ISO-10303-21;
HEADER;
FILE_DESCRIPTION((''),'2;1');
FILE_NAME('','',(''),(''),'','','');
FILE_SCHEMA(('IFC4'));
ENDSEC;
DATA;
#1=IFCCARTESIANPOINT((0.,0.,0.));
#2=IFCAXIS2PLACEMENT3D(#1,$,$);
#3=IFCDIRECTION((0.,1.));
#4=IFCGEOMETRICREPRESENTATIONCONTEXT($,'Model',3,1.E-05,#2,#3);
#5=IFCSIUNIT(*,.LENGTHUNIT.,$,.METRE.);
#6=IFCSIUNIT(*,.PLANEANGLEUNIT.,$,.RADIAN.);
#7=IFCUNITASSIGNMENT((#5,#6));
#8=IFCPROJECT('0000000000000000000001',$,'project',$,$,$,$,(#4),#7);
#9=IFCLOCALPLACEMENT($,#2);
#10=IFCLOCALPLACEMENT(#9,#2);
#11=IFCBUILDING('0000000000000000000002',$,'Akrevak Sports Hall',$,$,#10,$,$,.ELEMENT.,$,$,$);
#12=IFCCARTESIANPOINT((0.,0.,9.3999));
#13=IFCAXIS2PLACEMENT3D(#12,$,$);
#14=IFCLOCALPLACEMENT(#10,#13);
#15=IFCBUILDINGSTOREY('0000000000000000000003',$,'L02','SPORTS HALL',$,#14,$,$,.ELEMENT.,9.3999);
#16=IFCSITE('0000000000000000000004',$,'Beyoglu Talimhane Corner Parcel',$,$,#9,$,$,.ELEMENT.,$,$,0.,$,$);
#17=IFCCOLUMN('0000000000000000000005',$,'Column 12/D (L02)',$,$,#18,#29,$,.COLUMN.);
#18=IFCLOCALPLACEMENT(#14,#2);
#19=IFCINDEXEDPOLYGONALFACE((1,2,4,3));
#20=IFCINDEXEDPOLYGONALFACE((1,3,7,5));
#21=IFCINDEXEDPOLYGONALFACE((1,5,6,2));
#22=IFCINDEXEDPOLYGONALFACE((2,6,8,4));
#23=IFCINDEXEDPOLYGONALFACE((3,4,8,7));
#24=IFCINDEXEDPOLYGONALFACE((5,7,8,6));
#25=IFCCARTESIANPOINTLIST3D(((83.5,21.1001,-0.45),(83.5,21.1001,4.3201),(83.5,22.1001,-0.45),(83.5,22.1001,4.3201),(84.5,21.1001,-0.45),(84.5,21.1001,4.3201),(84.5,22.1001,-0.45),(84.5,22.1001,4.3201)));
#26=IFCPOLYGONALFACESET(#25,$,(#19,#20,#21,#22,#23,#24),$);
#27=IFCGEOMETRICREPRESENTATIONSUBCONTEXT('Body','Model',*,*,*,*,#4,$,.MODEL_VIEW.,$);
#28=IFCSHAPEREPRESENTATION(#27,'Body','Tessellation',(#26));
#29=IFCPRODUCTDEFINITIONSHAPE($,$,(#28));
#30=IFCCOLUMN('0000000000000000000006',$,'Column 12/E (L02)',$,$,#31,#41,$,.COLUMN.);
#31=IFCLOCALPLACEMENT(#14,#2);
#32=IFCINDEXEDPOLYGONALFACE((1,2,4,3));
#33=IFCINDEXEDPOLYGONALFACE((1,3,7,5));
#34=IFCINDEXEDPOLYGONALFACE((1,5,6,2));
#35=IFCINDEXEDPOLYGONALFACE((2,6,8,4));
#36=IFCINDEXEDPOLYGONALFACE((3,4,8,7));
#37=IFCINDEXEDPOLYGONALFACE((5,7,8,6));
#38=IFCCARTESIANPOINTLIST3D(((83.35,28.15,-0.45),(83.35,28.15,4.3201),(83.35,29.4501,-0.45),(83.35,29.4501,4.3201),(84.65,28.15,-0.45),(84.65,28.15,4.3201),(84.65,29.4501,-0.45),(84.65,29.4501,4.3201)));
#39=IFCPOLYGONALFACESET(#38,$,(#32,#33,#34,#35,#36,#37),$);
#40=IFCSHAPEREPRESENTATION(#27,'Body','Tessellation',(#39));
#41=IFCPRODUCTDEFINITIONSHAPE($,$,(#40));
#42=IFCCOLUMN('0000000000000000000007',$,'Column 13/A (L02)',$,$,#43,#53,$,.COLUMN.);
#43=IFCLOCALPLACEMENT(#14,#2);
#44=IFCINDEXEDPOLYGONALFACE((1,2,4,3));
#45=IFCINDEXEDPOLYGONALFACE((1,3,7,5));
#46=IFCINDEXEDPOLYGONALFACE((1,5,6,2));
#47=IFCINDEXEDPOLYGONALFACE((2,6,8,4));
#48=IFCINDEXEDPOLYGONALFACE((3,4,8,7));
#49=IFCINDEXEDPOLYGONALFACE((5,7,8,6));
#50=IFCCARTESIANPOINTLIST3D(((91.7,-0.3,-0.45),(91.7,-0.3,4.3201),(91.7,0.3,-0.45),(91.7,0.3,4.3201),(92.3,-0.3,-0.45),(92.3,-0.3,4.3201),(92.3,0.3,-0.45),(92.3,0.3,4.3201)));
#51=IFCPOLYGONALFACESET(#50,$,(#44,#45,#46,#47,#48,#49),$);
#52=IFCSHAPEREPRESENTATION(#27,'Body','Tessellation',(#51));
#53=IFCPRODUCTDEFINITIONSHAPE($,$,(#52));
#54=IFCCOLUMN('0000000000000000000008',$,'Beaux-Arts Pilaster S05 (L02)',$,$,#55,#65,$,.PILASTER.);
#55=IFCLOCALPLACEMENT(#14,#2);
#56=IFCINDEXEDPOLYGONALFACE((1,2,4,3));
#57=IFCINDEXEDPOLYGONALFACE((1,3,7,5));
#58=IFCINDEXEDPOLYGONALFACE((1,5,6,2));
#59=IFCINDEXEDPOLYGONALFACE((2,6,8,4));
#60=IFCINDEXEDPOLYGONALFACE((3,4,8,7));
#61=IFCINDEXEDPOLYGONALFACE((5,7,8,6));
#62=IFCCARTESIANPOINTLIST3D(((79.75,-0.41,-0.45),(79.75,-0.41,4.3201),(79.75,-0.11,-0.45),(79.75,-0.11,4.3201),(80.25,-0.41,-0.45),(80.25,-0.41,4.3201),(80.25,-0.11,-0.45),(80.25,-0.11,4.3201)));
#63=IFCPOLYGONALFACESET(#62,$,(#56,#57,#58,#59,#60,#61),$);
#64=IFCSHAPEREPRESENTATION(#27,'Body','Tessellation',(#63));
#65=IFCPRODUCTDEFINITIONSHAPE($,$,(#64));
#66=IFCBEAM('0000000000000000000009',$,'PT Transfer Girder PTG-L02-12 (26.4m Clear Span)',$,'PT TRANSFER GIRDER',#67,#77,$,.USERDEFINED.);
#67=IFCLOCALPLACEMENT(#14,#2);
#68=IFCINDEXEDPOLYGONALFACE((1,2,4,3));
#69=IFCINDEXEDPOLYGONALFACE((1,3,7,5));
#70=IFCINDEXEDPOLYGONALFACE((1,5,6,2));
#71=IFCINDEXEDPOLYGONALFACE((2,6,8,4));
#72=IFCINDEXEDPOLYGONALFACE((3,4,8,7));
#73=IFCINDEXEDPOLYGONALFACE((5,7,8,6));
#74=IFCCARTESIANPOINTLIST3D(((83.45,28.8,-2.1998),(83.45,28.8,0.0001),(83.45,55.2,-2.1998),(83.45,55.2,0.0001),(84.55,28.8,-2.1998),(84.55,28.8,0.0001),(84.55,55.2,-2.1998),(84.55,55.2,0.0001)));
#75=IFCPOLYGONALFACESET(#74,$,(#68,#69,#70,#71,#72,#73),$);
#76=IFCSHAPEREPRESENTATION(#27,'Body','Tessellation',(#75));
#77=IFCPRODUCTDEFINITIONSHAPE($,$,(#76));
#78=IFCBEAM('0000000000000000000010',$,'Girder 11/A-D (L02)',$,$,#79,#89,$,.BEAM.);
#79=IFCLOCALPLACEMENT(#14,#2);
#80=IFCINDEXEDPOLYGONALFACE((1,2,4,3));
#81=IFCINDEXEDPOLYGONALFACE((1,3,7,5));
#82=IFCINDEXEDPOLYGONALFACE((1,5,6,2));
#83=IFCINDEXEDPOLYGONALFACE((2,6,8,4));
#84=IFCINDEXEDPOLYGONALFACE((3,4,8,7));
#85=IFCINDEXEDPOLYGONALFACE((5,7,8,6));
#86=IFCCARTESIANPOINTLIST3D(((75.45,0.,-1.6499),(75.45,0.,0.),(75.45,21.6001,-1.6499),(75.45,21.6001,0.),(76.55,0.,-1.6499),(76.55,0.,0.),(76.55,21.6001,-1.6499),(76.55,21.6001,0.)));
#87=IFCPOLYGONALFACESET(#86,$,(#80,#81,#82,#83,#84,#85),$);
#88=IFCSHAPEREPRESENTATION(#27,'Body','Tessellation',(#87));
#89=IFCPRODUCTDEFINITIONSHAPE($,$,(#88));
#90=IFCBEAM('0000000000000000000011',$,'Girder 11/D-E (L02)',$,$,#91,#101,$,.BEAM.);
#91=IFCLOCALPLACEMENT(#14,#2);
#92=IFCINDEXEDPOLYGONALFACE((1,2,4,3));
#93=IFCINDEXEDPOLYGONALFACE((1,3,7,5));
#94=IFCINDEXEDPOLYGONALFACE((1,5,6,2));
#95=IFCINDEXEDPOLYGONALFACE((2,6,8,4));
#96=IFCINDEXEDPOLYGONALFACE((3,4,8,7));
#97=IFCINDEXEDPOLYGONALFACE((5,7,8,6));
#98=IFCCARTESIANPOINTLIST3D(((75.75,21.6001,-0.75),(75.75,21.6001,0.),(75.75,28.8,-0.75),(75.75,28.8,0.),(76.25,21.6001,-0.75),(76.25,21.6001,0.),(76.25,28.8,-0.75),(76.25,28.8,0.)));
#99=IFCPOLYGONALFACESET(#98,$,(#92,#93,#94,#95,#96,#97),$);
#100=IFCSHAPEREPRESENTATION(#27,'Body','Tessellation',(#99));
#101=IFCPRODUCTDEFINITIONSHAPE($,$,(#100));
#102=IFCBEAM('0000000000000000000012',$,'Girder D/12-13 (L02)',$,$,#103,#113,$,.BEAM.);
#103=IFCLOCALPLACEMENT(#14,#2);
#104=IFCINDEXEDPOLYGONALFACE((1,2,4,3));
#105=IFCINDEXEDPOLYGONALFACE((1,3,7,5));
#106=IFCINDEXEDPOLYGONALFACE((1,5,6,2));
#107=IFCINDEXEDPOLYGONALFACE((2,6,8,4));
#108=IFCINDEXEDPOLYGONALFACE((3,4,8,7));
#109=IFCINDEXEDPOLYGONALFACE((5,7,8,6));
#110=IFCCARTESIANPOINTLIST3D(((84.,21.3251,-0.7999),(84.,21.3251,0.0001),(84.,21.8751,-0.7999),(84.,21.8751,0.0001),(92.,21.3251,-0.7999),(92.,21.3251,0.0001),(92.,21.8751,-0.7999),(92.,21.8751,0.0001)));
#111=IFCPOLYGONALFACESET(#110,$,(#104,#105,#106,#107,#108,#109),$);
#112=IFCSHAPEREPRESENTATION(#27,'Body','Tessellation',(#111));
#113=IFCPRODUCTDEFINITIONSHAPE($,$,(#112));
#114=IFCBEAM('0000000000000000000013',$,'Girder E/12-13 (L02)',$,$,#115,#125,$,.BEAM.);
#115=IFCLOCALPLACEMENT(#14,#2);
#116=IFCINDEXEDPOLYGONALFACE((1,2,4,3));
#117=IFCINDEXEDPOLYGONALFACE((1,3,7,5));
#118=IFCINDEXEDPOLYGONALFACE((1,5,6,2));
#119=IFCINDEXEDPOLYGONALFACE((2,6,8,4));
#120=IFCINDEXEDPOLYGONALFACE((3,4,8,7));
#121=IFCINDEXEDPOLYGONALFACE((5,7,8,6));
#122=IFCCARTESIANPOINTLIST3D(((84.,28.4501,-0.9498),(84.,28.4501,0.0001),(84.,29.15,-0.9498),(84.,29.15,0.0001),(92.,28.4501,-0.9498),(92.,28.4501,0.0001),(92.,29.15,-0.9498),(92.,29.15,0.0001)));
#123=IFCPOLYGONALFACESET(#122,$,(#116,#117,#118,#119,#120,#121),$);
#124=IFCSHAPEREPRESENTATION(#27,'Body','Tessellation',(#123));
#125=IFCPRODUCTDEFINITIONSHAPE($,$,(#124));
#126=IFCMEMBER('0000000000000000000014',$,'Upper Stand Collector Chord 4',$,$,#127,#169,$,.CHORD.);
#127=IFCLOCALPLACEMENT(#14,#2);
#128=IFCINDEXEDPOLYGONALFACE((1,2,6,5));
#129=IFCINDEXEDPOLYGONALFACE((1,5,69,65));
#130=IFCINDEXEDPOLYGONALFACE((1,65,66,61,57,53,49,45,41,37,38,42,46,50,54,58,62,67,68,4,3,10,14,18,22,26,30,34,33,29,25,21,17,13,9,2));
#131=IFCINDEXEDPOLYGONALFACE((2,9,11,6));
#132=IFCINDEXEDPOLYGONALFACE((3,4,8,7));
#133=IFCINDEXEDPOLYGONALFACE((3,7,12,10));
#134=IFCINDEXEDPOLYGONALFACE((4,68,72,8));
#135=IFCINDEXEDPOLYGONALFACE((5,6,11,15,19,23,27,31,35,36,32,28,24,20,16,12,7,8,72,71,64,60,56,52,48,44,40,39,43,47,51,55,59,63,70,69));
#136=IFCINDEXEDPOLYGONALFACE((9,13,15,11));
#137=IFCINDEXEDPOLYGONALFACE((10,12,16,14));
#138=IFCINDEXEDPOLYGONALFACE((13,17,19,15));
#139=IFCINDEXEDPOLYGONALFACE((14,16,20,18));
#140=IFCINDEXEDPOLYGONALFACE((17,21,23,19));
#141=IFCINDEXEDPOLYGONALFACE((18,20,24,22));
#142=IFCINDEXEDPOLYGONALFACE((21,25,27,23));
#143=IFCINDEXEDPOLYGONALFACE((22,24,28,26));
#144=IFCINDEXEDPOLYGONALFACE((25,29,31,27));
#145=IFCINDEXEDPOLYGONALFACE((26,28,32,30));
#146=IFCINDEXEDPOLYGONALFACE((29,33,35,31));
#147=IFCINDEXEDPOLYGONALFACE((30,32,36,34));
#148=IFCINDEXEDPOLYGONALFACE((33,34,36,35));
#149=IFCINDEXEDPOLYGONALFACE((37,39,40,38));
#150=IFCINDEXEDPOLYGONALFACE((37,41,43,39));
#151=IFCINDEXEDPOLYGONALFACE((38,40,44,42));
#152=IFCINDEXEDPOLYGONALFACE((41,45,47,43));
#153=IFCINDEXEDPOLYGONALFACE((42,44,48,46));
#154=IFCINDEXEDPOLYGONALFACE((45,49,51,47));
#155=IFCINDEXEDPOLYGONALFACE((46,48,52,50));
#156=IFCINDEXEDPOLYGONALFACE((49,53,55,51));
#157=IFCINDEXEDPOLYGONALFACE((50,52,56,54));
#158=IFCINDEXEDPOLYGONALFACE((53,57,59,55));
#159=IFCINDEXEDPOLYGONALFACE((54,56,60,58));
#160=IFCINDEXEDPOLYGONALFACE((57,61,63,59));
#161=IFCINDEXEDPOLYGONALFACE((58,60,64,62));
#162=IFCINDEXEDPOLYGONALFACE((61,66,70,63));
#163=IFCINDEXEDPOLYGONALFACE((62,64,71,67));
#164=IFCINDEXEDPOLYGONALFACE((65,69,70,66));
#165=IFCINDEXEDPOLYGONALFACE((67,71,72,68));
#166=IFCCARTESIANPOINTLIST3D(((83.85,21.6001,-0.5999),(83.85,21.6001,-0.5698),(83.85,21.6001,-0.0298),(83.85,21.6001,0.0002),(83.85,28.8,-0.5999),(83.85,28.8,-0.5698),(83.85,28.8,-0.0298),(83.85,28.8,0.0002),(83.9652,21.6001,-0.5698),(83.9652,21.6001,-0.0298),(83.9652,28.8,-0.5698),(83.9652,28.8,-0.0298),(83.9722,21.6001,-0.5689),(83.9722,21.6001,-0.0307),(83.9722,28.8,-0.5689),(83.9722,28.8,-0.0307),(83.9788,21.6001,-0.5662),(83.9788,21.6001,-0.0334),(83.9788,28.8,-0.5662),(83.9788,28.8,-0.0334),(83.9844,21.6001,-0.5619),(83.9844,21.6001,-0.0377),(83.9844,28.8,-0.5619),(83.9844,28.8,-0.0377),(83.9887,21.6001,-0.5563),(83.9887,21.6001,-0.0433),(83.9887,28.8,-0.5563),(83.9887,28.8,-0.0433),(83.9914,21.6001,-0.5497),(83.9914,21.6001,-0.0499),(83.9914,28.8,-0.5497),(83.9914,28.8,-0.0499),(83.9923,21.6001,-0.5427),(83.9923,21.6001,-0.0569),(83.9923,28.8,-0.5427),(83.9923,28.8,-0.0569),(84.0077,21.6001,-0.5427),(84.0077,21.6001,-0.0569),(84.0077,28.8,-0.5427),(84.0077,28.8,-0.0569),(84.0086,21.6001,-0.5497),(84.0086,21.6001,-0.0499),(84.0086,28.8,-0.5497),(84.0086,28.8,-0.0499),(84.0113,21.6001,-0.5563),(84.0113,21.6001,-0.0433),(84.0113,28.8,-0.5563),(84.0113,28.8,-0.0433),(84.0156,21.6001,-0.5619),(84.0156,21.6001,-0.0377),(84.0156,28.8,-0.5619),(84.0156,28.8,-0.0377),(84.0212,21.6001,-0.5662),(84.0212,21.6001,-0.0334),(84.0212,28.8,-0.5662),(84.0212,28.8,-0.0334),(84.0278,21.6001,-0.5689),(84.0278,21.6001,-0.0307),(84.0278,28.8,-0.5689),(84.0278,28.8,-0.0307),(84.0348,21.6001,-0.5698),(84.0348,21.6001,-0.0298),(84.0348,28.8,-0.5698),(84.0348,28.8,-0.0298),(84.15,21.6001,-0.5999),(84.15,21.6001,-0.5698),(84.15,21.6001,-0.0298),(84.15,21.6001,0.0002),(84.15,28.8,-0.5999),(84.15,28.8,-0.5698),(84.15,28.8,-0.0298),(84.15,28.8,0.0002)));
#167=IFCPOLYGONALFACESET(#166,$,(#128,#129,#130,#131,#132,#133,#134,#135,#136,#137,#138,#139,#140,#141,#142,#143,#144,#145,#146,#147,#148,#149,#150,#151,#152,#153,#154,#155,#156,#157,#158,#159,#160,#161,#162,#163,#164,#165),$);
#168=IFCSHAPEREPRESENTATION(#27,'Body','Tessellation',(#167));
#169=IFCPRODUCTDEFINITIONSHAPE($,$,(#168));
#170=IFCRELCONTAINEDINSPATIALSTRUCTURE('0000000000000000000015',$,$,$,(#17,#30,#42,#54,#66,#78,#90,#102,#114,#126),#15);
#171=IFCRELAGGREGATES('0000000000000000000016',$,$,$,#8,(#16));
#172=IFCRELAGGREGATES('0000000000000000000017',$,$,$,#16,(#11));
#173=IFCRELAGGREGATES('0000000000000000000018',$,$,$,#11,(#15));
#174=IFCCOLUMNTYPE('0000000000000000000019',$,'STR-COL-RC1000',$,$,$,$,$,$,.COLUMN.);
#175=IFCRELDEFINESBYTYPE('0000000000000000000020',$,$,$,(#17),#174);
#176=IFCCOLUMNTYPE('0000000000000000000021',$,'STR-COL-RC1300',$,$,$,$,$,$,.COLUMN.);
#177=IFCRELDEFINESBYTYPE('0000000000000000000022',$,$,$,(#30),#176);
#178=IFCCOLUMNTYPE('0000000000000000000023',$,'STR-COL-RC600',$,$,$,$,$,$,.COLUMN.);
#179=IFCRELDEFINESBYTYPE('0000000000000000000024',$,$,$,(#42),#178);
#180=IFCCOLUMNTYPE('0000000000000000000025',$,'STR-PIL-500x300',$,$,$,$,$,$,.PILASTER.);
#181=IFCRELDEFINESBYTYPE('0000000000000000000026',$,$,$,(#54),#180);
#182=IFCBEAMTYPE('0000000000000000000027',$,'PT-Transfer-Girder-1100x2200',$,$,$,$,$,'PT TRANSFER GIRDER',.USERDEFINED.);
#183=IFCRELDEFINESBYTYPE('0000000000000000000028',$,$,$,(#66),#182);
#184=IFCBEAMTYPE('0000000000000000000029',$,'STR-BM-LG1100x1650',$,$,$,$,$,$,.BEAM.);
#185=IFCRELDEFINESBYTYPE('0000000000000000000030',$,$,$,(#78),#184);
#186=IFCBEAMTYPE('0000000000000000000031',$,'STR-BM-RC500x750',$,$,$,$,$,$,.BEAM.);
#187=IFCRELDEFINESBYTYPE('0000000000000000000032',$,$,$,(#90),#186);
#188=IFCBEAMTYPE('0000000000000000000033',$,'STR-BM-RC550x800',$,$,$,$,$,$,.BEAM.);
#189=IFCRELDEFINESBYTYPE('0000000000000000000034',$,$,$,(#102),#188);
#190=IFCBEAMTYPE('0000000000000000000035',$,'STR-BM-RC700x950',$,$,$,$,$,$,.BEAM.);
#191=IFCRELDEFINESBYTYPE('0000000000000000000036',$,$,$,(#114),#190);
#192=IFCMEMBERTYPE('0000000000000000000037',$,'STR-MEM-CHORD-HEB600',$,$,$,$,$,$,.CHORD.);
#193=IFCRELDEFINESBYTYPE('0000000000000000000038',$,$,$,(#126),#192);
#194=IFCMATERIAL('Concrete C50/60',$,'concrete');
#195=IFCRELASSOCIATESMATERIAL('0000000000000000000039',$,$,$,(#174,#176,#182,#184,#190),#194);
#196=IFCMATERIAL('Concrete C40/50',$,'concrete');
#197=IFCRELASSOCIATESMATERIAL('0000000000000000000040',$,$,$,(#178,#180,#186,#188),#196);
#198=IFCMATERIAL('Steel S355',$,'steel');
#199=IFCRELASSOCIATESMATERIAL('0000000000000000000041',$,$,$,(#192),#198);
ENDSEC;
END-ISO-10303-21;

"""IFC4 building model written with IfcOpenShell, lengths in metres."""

from ifc_helpers import new_model, si_unit, direction, frame, origin, origin_2d, place, context, subcontext, project, spatial, rectangle, i_section, extrude, material, material_profile, profile_set, type_object, element, save


model = new_model("IFC4")

# Units and contexts
model_context = context("Model", 3, precision=1e-05, world=origin(), true_north=direction((0.0, 1.0)))
body_context = subcontext(model_context, "Body", "Model", "MODEL_VIEW")
ifc_project = project(units=[si_unit("LENGTHUNIT", "METRE"), si_unit("PLANEANGLEUNIT", "RADIAN")], contexts=[model_context])

# Site, building, storey
site_placement = place(None, origin())
site = spatial("IfcSite", under=ifc_project, at=site_placement, Name="Beyoglu Talimhane Corner Parcel", CompositionType="ELEMENT", RefElevation=0.0)
building_placement = place(site_placement, origin())
building = spatial("IfcBuilding", under=site, at=building_placement, Name="Akrevak Sports Hall", CompositionType="ELEMENT")
storey_placement = place(building_placement, frame((0.0, 0.0, 9.3999)))
storey = spatial("IfcBuildingStorey", under=building, at=storey_placement, Name="L02", Description="SPORTS HALL", CompositionType="ELEMENT", Elevation=9.3999)

# Columns
ifc_material_1 = material(Name="Concrete C50/60", Category="concrete")
ifc_material_profile_1 = material_profile(ifc_material_1, rectangle(XDim=1.0, YDim=1.0, at=origin_2d()), Name="RC 1000x1000", Category="concrete")
ifc_profile_set_1 = profile_set([ifc_material_profile_1], Name="Concrete C50/60")
column_type_1 = type_object("IfcColumnType", Name="STR-COL-RC1000", PredefinedType="COLUMN", material=ifc_profile_set_1)
column_1_placement = place(storey_placement, frame((84.0, 21.6001, -0.45), z_axis=(0.0, 0.0, 1.0), x_axis=(1.0, 0.0, 0.0)))
element("IfcColumn", 1, at=column_1_placement, inside=storey, type_object=column_type_1, Name="Column 12/D (L02)", PredefinedType="COLUMN", context=body_context, shape_type="SweptSolid", body=[
    extrude(rectangle(XDim=1.0, YDim=1.0, at=origin_2d()), origin(), (0.0, 0.0, 1.0), 4.77),
])
ifc_material_profile_2 = material_profile(ifc_material_1, rectangle(XDim=1.3, YDim=1.3, at=origin_2d()), Name="RC 1300x1300", Category="concrete")
ifc_profile_set_2 = profile_set([ifc_material_profile_2], Name="Concrete C50/60")
column_type_2 = type_object("IfcColumnType", Name="STR-COL-RC1300", PredefinedType="COLUMN", material=ifc_profile_set_2)
column_2_placement = place(storey_placement, frame((84.0, 28.8, -0.45), z_axis=(0.0, 0.0, 1.0), x_axis=(1.0, 0.0, 0.0)))
element("IfcColumn", 2, at=column_2_placement, inside=storey, type_object=column_type_2, Name="Column 12/E (L02)", PredefinedType="COLUMN", context=body_context, shape_type="SweptSolid", body=[
    extrude(rectangle(XDim=1.3, YDim=1.3, at=origin_2d()), origin(), (0.0, 0.0, 1.0), 4.77),
])
ifc_material_2 = material(Name="Concrete C40/50", Category="concrete")
ifc_material_profile_3 = material_profile(ifc_material_2, rectangle(XDim=0.6001, YDim=0.6001, at=origin_2d()), Name="RC 600x600", Category="concrete")
ifc_profile_set_3 = profile_set([ifc_material_profile_3], Name="Concrete C40/50")
column_type_3 = type_object("IfcColumnType", Name="STR-COL-RC600", PredefinedType="COLUMN", material=ifc_profile_set_3)
column_3_placement = place(storey_placement, frame((92.0, 0.0, -0.45), z_axis=(0.0, 0.0, 1.0), x_axis=(1.0, 0.0, 0.0)))
element("IfcColumn", 3, at=column_3_placement, inside=storey, type_object=column_type_3, Name="Column 13/A (L02)", PredefinedType="COLUMN", context=body_context, shape_type="SweptSolid", body=[
    extrude(rectangle(XDim=0.6001, YDim=0.6001, at=origin_2d()), origin(), (0.0, 0.0, 1.0), 4.77),
])
ifc_material_profile_4 = material_profile(ifc_material_2, rectangle(XDim=0.5, YDim=0.3, at=origin_2d()), Name="PIL 500x300", Category="concrete")
ifc_profile_set_4 = profile_set([ifc_material_profile_4], Name="Concrete C40/50")
column_type_4 = type_object("IfcColumnType", Name="STR-PIL-500x300", PredefinedType="PILASTER", material=ifc_profile_set_4)
column_4_placement = place(storey_placement, frame((80.0, -0.26, -0.45), z_axis=(0.0, 0.0, 1.0), x_axis=(1.0, 0.0, 0.0)))
element("IfcColumn", 4, at=column_4_placement, inside=storey, type_object=column_type_4, Name="Beaux-Arts Pilaster S05 (L02)", PredefinedType="PILASTER", context=body_context, shape_type="SweptSolid", body=[
    extrude(rectangle(XDim=0.5, YDim=0.3, at=origin_2d()), origin(), (0.0, 0.0, 1.0), 4.77),
])

# Beams
ifc_material_profile_5 = material_profile(ifc_material_1, rectangle(XDim=1.1001, YDim=2.2, at=origin_2d()), Name="PTG 1100x2200", Category="concrete")
ifc_profile_set_5 = profile_set([ifc_material_profile_5], Name="Concrete C50/60")
beam_type_1 = type_object("IfcBeamType", Name="PT-Transfer-Girder-1100x2200", ElementType="PT TRANSFER GIRDER", PredefinedType="USERDEFINED", material=ifc_profile_set_5)
beam_1_placement = place(storey_placement, frame((84.0, 28.8, -1.0999), z_axis=(0.0, 1.0, 0.0), x_axis=(-1.0, 0.0, 0.0)))
element("IfcBeam", 5, at=beam_1_placement, inside=storey, type_object=beam_type_1, Name="PT Transfer Girder PTG-L02-12 (26.4m Clear Span)", ObjectType="PT TRANSFER GIRDER", PredefinedType="USERDEFINED", context=body_context, shape_type="SweptSolid", body=[
    extrude(rectangle(XDim=1.1001, YDim=2.2, at=origin_2d()), origin(), (0.0, 0.0, 1.0), 26.3999),
])
ifc_material_profile_6 = material_profile(ifc_material_1, rectangle(XDim=1.1001, YDim=1.6499, at=origin_2d()), Name="BM 1100x1650", Category="concrete")
ifc_profile_set_6 = profile_set([ifc_material_profile_6], Name="Concrete C50/60")
beam_type_2 = type_object("IfcBeamType", Name="STR-BM-LG1100x1650", PredefinedType="BEAM", material=ifc_profile_set_6)
beam_2_placement = place(storey_placement, frame((76.0, 0.0, -0.825), z_axis=(0.0, 1.0, 0.0), x_axis=(-1.0, 0.0, 0.0)))
element("IfcBeam", 6, at=beam_2_placement, inside=storey, type_object=beam_type_2, Name="Girder 11/A-D (L02)", PredefinedType="BEAM", context=body_context, shape_type="SweptSolid", body=[
    extrude(rectangle(XDim=1.1001, YDim=1.6499, at=origin_2d()), origin(), (0.0, 0.0, 1.0), 21.6001),
])
ifc_material_profile_7 = material_profile(ifc_material_2, rectangle(XDim=0.5, YDim=0.75, at=origin_2d()), Name="BM 500x750", Category="concrete")
ifc_profile_set_7 = profile_set([ifc_material_profile_7], Name="Concrete C40/50")
beam_type_3 = type_object("IfcBeamType", Name="STR-BM-RC500x750", PredefinedType="BEAM", material=ifc_profile_set_7)
beam_3_placement = place(storey_placement, frame((76.0, 21.6001, -0.375), z_axis=(0.0, 1.0, 0.0), x_axis=(-1.0, 0.0, 0.0)))
element("IfcBeam", 7, at=beam_3_placement, inside=storey, type_object=beam_type_3, Name="Girder 11/D-E (L02)", PredefinedType="BEAM", context=body_context, shape_type="SweptSolid", body=[
    extrude(rectangle(XDim=0.5, YDim=0.75, at=origin_2d()), origin(), (0.0, 0.0, 1.0), 7.2),
])
ifc_material_profile_8 = material_profile(ifc_material_2, rectangle(XDim=0.55, YDim=0.8, at=origin_2d()), Name="BM 550x800", Category="concrete")
ifc_profile_set_8 = profile_set([ifc_material_profile_8], Name="Concrete C40/50")
beam_type_4 = type_object("IfcBeamType", Name="STR-BM-RC550x800", PredefinedType="BEAM", material=ifc_profile_set_8)
beam_4_placement = place(storey_placement, frame((84.0, 21.6001, -0.3999), z_axis=(1.0, 0.0, 0.0), x_axis=(0.0, 1.0, 0.0)))
element("IfcBeam", 8, at=beam_4_placement, inside=storey, type_object=beam_type_4, Name="Girder D/12-13 (L02)", PredefinedType="BEAM", context=body_context, shape_type="SweptSolid", body=[
    extrude(rectangle(XDim=0.55, YDim=0.8, at=origin_2d()), origin(), (0.0, 0.0, 1.0), 8.0),
])
ifc_material_profile_9 = material_profile(ifc_material_1, rectangle(XDim=0.7, YDim=0.95, at=origin_2d()), Name="BM 700x950", Category="concrete")
ifc_profile_set_9 = profile_set([ifc_material_profile_9], Name="Concrete C50/60")
beam_type_5 = type_object("IfcBeamType", Name="STR-BM-RC700x950", PredefinedType="BEAM", material=ifc_profile_set_9)
beam_5_placement = place(storey_placement, frame((84.0, 28.8, -0.4749), z_axis=(1.0, 0.0, 0.0), x_axis=(0.0, 1.0, 0.0)))
element("IfcBeam", 9, at=beam_5_placement, inside=storey, type_object=beam_type_5, Name="Girder E/12-13 (L02)", PredefinedType="BEAM", context=body_context, shape_type="SweptSolid", body=[
    extrude(rectangle(XDim=0.7, YDim=0.95, at=origin_2d()), origin(), (0.0, 0.0, 1.0), 8.0),
])

# Member
ifc_material_3 = material(Name="Steel S355", Category="steel")
ifc_material_profile_10 = material_profile(ifc_material_3, i_section(OverallWidth=0.3, OverallDepth=0.6001, WebThickness=0.0154, FlangeThickness=0.03, FilletRadius=0.0271, at=origin_2d()), Name="HEB 600", Category="steel")
ifc_profile_set_10 = profile_set([ifc_material_profile_10], Name="Steel S355")
member_type = type_object("IfcMemberType", Name="STR-MEM-CHORD-HEB600", PredefinedType="CHORD", material=ifc_profile_set_10)
member_placement = place(storey_placement, frame((84.0, 21.6001, -0.2998), z_axis=(0.0, 1.0, 0.0), x_axis=(-1.0, 0.0, 0.0)))
element("IfcMember", 10, at=member_placement, inside=storey, type_object=member_type, Name="Upper Stand Collector Chord 4", PredefinedType="CHORD", context=body_context, shape_type="SweptSolid", body=[
    extrude(i_section(OverallWidth=0.3, OverallDepth=0.6001, WebThickness=0.0154, FlangeThickness=0.03, FilletRadius=0.0271, at=origin_2d()), origin(), (0.0, 0.0, 1.0), 7.2),
])

save(model, "model.ifc")
